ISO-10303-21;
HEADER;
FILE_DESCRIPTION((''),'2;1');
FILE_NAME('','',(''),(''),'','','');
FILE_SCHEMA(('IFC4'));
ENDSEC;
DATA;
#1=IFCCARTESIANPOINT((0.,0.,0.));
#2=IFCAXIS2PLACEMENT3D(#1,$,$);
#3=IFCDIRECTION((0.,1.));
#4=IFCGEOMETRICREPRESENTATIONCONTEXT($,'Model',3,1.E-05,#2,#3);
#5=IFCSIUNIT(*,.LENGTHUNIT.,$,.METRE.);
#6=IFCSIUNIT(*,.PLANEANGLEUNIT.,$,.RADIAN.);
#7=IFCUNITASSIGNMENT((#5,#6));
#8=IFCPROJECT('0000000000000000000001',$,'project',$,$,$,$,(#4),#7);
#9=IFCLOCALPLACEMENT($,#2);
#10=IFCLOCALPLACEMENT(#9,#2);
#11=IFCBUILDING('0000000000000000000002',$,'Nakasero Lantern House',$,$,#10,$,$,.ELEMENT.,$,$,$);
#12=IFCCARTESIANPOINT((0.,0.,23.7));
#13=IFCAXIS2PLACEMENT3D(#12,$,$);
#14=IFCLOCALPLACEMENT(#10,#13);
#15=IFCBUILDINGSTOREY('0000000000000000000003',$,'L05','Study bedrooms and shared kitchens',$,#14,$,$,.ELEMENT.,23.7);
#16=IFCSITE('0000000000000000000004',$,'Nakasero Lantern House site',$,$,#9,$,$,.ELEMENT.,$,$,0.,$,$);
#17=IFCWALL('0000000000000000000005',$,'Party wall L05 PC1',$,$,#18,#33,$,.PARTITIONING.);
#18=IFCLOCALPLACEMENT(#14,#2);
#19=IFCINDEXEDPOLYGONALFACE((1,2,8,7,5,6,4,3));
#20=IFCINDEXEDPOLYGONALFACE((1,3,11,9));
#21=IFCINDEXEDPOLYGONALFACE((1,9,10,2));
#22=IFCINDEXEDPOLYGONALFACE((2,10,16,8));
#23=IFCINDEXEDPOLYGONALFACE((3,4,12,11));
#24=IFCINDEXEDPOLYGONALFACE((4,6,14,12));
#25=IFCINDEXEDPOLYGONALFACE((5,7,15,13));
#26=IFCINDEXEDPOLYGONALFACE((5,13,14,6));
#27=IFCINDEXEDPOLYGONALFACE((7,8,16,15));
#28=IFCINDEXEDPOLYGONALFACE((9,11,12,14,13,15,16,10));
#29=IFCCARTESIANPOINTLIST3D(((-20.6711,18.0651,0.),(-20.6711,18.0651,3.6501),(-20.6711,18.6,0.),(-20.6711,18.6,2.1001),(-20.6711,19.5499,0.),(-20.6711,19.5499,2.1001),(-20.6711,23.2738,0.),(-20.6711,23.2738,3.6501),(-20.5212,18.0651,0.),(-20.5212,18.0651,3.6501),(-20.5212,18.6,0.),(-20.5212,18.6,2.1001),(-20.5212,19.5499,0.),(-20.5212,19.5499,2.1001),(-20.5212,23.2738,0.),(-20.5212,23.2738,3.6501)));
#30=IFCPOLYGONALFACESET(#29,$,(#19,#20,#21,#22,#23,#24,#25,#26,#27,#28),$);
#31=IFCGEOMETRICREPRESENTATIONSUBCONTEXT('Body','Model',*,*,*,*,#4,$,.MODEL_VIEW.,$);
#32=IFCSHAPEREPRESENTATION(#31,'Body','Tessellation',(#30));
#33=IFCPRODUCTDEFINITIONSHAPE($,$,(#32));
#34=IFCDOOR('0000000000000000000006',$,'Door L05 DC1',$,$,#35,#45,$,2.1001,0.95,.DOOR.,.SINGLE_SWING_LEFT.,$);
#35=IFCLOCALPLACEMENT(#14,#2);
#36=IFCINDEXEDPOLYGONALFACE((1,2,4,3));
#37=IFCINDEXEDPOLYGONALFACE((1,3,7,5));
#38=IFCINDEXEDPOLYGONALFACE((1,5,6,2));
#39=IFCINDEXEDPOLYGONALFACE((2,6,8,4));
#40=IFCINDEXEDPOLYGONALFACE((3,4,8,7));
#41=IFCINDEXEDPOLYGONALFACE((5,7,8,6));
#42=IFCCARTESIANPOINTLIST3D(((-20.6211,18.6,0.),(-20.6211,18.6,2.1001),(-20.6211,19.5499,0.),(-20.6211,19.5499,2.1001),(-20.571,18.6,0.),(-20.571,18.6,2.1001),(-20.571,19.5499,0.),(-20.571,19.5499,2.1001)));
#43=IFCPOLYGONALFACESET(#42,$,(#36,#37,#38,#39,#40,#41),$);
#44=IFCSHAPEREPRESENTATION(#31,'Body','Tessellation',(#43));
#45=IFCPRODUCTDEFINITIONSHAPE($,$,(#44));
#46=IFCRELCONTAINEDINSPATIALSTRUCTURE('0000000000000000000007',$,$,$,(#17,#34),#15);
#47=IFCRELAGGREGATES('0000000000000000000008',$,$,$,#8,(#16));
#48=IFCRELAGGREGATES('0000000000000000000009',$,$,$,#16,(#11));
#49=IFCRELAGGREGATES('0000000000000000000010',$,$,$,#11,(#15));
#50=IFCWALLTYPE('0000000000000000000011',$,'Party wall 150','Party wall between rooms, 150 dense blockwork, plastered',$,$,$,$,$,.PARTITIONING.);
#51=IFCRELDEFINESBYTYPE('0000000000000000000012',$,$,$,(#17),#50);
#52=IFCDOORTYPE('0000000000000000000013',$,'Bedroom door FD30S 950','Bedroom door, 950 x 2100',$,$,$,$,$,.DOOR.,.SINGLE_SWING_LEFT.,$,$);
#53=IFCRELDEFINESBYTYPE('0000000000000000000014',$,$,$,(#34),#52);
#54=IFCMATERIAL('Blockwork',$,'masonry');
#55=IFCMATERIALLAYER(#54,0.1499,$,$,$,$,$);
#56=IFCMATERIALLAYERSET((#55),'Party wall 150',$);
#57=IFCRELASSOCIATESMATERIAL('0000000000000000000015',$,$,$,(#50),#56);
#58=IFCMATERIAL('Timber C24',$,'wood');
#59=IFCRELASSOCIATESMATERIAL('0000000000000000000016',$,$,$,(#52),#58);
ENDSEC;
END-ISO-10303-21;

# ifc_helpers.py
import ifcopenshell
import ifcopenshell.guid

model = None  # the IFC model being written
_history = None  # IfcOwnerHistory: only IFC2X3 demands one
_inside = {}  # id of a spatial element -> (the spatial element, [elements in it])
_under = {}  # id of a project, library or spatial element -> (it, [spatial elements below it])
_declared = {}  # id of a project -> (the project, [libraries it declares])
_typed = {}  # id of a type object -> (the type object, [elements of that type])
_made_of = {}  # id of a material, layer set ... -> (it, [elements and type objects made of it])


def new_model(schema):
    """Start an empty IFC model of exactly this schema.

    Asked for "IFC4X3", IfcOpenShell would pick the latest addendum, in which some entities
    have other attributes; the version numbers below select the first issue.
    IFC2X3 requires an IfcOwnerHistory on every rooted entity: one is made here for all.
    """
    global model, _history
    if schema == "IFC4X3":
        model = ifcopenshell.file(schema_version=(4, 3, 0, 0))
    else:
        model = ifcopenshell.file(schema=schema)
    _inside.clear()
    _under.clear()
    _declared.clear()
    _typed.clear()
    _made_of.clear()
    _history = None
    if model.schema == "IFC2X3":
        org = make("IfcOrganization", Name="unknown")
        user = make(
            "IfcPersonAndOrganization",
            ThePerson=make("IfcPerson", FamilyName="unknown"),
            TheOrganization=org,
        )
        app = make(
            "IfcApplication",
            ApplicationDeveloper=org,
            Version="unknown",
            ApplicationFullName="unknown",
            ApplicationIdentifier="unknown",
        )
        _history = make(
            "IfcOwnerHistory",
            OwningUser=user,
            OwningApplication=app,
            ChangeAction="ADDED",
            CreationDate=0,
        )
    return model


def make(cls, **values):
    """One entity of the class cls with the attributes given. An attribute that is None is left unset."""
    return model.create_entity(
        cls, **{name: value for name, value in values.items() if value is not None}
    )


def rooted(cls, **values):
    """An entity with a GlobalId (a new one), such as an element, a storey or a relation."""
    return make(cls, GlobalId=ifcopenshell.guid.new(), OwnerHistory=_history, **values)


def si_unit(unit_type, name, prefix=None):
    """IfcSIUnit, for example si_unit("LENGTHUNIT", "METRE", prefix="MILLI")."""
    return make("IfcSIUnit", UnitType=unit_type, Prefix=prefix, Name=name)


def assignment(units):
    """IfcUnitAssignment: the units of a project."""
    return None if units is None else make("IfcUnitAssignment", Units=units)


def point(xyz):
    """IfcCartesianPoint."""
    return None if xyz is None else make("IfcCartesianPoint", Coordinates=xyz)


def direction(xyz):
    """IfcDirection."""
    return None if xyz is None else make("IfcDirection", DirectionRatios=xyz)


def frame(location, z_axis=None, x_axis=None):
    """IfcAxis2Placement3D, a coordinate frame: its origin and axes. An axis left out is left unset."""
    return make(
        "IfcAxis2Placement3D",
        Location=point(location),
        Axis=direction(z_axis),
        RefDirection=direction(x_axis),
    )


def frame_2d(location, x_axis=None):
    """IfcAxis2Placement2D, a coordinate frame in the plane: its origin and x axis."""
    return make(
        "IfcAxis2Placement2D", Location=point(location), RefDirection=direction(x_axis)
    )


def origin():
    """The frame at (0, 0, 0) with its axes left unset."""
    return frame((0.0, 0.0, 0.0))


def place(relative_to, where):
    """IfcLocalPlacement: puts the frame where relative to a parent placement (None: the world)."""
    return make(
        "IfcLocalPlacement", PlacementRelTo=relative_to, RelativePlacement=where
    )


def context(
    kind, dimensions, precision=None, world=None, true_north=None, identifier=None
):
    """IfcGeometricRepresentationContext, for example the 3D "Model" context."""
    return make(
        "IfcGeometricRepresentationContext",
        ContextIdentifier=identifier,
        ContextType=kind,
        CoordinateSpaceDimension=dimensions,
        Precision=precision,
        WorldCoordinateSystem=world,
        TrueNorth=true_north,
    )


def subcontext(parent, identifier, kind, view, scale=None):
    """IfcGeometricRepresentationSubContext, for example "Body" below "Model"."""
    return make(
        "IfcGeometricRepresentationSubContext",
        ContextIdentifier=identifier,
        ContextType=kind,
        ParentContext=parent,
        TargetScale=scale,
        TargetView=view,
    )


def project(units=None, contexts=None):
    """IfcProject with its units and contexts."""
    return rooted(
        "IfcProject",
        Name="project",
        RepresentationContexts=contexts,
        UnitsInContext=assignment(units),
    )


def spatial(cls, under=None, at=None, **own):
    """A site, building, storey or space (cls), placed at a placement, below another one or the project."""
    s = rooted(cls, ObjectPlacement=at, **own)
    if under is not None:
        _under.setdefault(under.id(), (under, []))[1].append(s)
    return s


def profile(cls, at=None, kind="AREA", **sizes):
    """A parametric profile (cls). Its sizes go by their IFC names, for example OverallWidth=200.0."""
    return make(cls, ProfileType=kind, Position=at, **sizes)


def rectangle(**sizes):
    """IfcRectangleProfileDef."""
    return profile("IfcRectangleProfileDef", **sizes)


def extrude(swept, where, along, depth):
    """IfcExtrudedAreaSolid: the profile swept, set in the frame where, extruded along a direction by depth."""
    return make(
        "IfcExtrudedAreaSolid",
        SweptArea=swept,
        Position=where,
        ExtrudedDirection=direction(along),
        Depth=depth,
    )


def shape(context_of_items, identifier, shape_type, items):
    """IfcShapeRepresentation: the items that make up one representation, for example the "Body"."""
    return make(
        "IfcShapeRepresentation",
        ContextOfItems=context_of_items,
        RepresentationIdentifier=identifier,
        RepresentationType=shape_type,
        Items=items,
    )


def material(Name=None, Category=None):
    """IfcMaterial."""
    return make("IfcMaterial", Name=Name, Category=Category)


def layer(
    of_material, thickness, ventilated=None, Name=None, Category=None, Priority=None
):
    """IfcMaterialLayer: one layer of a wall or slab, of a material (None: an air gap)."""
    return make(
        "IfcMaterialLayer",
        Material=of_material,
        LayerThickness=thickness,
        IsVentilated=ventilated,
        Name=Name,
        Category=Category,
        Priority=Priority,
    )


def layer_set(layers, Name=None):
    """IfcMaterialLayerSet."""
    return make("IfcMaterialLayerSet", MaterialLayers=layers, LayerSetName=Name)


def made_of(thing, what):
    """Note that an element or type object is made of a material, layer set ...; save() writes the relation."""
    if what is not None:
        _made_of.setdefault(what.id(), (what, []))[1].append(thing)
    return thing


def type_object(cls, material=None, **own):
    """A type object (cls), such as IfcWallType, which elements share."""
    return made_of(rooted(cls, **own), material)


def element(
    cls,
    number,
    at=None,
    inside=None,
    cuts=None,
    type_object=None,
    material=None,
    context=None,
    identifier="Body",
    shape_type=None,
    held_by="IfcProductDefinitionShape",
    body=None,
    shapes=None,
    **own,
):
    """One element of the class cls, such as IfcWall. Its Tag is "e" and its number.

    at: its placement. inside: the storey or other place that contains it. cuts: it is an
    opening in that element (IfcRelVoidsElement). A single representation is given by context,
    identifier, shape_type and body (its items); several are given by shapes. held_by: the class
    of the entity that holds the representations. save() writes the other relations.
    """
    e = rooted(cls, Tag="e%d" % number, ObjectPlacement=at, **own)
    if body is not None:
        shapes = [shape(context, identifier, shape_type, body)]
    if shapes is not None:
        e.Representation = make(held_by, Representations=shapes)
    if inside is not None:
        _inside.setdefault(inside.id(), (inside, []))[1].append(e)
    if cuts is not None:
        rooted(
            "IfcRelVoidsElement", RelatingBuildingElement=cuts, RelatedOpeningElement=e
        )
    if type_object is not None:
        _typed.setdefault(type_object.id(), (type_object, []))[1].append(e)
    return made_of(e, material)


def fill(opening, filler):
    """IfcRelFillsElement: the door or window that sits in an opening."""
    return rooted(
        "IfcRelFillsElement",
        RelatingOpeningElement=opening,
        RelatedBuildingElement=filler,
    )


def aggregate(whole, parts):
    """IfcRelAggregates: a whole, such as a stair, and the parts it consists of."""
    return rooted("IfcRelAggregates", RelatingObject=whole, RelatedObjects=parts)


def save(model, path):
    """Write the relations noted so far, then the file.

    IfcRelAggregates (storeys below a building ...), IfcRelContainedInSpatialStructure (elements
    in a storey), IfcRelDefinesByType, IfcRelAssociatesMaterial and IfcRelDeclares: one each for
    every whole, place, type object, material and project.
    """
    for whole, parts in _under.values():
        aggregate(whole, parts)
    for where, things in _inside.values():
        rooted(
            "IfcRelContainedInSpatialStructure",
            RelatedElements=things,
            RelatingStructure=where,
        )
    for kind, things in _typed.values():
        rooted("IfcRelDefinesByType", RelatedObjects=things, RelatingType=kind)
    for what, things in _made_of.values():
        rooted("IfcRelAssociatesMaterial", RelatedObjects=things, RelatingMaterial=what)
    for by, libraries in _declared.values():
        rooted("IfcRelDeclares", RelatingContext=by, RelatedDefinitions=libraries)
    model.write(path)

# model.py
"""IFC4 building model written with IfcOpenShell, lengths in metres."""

from ifc_helpers import new_model, si_unit, direction, frame, frame_2d, origin, place, context, subcontext, project, spatial, rectangle, extrude, material, layer, layer_set, type_object, element, fill, save


model = new_model("IFC4")

# Units and contexts
model_context = context("Model", 3, precision=1e-05, world=origin(), true_north=direction((0.0, 1.0)))
body_context = subcontext(model_context, "Body", "Model", "MODEL_VIEW")
ifc_project = project(units=[si_unit("LENGTHUNIT", "METRE"), si_unit("PLANEANGLEUNIT", "RADIAN")], contexts=[model_context])

# Site, building, storey
site_placement = place(None, origin())
site = spatial("IfcSite", under=ifc_project, at=site_placement, Name="Nakasero Lantern House site", CompositionType="ELEMENT", RefElevation=0.0)
building_placement = place(site_placement, origin())
building = spatial("IfcBuilding", under=site, at=building_placement, Name="Nakasero Lantern House", CompositionType="ELEMENT")
storey_placement = place(building_placement, frame((0.0, 0.0, 23.7)))
storey = spatial("IfcBuildingStorey", under=building, at=storey_placement, Name="L05", Description="Study bedrooms and shared kitchens", CompositionType="ELEMENT", Elevation=23.7)

# Wall, opening, door
ifc_material_1 = material(Name="Blockwork", Category="masonry")
ifc_layer_1 = layer(ifc_material_1, 0.1499)
ifc_layer_set_1 = layer_set([ifc_layer_1], Name="Party wall 150")
wall_type_1 = type_object("IfcWallType", Name="Party wall 150", Description="Party wall between rooms, 150 dense blockwork, plastered", PredefinedType="PARTITIONING", material=ifc_layer_set_1)
wall_1_placement = place(storey_placement, frame((-20.5962, 18.0649, 0.0), z_axis=(0.0, 0.0, 1.0), x_axis=(0.0, 1.0, 0.0)))
wall_1 = element("IfcWall", 1, at=wall_1_placement, inside=storey, type_object=wall_type_1, Name="Party wall L05 PC1", PredefinedType="PARTITIONING", context=body_context, shape_type="SweptSolid", body=[
    extrude(rectangle(XDim=5.2087, YDim=0.1499, at=frame_2d((2.6045, 0.0))), origin(), (0.0, 0.0, 1.0), 3.6501),
])
opening_1_placement = place(wall_1_placement, frame((0.5349, 0.0, 0.0)))
opening_1 = element("IfcOpeningElement", 2, at=opening_1_placement, cuts=wall_1, PredefinedType="OPENING", context=body_context, shape_type="SweptSolid", body=[
    extrude(rectangle(XDim=0.95, YDim=2.1001, at=frame_2d((0.4751, 1.05))), frame((0.0, 0.095, 0.0), z_axis=(0.0, -1.0, 0.0), x_axis=(1.0, 0.0, 0.0)), (0.0, 0.0, 1.0), 0.1899),
])
ifc_material_2 = material(Name="Timber C24", Category="wood")
door_type_1 = type_object("IfcDoorType", Name="Bedroom door FD30S 950", Description="Bedroom door, 950 x 2100", OperationType="SINGLE_SWING_LEFT", PredefinedType="DOOR", material=ifc_material_2)
door_1_placement = place(opening_1_placement, origin())
door_1 = element("IfcDoor", 3, at=door_1_placement, inside=storey, type_object=door_type_1, Name="Door L05 DC1", OperationType="SINGLE_SWING_LEFT", OverallHeight=2.1001, OverallWidth=0.95, PredefinedType="DOOR", context=body_context, shape_type="SweptSolid", body=[
    extrude(rectangle(XDim=0.95, YDim=2.1001, at=frame_2d((0.4751, 1.05))), frame((0.0, 0.0249, 0.0), z_axis=(0.0, -1.0, 0.0), x_axis=(1.0, 0.0, 0.0)), (0.0, 0.0, 1.0), 0.05),
])
fill(opening_1, door_1)

save(model, "model.ifc")
